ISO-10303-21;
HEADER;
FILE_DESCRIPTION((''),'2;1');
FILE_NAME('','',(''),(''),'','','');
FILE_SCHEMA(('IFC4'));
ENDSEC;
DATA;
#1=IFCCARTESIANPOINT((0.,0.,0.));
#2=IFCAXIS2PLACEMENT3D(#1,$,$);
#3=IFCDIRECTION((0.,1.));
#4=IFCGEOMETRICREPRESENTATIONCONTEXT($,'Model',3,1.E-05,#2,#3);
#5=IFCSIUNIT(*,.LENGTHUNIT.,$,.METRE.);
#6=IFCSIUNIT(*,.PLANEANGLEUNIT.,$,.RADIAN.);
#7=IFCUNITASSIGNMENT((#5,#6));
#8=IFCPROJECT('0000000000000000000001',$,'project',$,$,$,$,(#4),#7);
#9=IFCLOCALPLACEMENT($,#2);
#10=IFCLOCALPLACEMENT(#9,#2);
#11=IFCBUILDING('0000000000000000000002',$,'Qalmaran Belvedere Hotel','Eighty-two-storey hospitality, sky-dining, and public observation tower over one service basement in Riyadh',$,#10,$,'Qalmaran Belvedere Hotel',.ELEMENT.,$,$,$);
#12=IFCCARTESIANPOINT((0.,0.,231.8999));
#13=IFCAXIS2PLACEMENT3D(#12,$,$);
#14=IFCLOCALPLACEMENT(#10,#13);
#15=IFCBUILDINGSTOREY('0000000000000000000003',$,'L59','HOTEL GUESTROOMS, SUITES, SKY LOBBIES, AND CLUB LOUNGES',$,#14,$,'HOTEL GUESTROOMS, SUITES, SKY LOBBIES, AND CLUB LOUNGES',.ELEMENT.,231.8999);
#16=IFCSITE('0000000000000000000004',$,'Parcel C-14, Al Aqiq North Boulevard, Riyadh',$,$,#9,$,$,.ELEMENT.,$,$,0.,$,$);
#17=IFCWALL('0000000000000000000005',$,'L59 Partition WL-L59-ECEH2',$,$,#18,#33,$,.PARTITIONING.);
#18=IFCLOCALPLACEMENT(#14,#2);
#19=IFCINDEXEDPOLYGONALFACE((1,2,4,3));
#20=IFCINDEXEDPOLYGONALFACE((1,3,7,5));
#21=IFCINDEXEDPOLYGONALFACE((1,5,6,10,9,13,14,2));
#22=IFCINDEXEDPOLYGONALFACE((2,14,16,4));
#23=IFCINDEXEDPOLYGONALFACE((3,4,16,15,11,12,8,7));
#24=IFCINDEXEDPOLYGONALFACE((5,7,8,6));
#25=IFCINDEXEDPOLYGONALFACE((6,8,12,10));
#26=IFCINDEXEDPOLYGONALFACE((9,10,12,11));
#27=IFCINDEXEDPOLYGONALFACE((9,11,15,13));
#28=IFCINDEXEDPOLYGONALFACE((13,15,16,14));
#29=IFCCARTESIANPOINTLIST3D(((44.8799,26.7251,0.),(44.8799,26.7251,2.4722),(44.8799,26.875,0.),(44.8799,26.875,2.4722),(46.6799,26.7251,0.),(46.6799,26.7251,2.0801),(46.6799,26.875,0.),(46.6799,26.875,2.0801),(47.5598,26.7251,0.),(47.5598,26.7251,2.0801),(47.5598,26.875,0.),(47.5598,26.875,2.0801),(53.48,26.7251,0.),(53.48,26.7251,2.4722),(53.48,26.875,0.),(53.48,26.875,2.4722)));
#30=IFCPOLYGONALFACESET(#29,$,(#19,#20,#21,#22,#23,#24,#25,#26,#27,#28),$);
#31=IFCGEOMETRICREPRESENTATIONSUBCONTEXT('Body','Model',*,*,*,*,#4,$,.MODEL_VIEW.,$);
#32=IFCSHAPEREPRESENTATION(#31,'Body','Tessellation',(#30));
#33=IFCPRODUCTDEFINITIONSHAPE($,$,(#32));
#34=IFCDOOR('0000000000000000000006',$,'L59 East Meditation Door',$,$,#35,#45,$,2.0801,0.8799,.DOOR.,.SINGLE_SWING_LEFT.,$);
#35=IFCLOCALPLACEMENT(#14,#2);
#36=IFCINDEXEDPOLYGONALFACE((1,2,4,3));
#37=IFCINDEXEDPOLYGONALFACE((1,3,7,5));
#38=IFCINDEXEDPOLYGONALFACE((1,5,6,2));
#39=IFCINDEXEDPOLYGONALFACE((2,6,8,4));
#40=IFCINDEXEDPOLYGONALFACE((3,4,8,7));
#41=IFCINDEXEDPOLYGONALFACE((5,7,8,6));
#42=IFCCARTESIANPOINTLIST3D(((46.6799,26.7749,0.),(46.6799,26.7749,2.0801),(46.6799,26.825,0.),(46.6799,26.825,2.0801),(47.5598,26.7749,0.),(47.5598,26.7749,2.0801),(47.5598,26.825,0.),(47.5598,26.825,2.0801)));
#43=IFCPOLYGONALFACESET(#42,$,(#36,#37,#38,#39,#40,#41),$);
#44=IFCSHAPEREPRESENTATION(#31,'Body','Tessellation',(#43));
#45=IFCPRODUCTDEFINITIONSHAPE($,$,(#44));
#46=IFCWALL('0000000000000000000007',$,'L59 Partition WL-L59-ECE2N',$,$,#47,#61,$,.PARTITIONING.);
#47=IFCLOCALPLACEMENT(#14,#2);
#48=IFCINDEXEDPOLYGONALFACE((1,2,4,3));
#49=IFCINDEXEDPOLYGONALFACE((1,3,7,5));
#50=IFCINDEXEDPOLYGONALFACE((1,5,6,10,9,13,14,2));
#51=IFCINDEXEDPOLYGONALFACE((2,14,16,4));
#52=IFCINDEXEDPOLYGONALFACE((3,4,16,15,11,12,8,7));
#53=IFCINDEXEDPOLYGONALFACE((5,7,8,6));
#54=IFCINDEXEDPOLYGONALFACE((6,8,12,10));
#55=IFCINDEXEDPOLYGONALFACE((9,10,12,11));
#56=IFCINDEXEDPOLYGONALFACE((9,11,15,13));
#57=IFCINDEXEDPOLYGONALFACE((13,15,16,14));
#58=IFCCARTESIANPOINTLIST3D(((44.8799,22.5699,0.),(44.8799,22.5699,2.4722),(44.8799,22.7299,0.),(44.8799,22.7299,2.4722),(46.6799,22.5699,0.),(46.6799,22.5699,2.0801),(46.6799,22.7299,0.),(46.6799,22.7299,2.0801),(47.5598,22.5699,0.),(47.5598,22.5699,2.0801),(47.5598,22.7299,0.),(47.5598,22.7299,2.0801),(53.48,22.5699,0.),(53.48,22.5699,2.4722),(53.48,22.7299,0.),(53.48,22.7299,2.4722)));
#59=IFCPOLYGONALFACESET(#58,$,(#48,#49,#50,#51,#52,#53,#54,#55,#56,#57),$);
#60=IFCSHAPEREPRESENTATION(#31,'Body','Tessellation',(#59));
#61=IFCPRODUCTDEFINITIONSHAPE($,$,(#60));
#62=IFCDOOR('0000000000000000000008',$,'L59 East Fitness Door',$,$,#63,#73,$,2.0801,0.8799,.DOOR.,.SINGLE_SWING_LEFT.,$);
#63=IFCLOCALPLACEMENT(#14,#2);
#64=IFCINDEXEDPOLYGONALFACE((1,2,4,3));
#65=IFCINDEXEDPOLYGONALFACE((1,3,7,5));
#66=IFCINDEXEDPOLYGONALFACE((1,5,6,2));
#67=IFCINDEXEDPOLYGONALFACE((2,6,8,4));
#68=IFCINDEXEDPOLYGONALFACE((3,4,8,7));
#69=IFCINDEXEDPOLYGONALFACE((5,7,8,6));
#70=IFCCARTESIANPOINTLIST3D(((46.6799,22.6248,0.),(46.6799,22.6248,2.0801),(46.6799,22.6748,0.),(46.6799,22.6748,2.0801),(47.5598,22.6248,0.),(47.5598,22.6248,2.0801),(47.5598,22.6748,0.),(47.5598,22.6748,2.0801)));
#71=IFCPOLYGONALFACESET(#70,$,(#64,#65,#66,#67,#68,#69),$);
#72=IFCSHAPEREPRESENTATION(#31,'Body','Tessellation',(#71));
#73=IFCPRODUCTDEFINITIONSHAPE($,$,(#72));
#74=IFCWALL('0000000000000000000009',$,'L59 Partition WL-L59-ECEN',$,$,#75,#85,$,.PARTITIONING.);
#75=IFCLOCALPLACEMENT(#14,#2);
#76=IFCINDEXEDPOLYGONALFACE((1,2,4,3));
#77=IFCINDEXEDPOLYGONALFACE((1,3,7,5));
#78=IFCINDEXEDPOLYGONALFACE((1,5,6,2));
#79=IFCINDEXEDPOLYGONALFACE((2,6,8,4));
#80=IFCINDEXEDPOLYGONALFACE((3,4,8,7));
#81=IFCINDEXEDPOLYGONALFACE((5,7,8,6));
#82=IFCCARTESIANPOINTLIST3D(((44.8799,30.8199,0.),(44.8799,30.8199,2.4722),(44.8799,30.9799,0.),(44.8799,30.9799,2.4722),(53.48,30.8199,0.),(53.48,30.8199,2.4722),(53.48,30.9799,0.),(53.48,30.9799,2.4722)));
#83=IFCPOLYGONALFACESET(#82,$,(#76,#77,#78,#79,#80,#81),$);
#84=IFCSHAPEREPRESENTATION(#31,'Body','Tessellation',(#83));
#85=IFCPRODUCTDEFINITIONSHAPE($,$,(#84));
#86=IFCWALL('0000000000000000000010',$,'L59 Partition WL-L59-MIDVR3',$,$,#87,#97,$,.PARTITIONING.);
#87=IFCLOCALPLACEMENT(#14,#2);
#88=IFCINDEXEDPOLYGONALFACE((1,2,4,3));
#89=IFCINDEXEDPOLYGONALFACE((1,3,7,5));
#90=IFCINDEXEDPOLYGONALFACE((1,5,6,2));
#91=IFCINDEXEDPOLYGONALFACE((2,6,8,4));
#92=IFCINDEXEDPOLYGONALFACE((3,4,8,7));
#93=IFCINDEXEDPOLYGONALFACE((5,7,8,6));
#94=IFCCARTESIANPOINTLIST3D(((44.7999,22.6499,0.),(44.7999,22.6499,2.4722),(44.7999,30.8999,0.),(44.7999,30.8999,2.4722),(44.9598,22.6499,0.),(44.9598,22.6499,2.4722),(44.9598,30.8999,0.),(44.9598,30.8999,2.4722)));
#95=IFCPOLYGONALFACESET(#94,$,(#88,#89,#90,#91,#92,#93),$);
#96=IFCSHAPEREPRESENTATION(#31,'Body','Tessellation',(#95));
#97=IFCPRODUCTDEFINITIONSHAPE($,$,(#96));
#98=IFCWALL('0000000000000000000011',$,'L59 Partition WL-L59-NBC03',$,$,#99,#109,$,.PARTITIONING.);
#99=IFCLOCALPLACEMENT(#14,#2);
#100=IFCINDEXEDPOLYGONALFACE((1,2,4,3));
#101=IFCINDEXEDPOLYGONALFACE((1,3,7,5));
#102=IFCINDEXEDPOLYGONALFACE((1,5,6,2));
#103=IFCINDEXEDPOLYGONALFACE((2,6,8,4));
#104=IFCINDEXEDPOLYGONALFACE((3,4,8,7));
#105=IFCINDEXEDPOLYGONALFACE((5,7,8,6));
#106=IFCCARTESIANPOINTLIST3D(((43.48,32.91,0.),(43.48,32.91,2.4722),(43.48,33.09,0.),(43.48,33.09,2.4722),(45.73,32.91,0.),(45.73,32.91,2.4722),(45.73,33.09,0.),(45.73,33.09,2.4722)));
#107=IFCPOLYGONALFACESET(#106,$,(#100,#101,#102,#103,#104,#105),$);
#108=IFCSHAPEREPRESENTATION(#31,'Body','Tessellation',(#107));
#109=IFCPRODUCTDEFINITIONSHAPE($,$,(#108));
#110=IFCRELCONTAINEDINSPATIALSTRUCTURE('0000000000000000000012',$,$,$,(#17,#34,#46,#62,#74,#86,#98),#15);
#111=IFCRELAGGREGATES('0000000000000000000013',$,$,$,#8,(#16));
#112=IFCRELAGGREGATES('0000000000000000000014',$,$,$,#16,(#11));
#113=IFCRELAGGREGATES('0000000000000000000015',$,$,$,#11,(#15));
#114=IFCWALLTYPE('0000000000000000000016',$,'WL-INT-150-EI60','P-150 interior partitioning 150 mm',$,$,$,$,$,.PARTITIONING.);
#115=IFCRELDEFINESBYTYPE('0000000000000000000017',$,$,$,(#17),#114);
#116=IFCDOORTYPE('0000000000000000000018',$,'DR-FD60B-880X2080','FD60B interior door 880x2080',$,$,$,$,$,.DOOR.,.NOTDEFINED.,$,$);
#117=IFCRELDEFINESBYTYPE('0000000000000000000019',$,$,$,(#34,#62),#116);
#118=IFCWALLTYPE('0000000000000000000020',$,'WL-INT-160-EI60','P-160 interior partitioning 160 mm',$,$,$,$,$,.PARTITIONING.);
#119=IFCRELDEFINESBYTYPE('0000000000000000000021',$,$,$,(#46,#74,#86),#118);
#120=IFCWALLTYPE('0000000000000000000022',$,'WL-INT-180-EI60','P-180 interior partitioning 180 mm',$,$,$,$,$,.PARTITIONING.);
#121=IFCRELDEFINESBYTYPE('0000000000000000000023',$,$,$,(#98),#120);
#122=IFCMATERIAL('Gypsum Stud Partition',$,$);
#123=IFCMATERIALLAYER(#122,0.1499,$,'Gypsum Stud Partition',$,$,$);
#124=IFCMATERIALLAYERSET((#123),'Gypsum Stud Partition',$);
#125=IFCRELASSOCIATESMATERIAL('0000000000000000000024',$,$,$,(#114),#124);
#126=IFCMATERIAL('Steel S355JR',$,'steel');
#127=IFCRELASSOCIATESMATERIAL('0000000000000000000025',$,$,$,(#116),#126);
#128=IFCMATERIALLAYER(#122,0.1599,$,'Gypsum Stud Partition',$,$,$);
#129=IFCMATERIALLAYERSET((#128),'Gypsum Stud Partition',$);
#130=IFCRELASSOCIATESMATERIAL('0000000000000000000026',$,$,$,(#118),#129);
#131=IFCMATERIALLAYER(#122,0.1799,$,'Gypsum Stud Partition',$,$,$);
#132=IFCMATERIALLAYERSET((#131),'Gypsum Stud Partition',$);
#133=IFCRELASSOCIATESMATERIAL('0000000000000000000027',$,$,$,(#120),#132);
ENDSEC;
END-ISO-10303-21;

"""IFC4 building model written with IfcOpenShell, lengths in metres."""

from ifc_helpers import new_model, si_unit, direction, frame, frame_2d, origin, place, context, subcontext, project, spatial, rectangle, extrude, material, layer, layer_set, type_object, element, fill, save


model = new_model("IFC4")

# Units and contexts
model_context = context("Model", 3, precision=1e-05, world=origin(), true_north=direction((0.0, 1.0)))
body_context = subcontext(model_context, "Body", "Model", "MODEL_VIEW")
ifc_project = project(units=[si_unit("LENGTHUNIT", "METRE"), si_unit("PLANEANGLEUNIT", "RADIAN")], contexts=[model_context])

# Site, building, storey
site_placement = place(None, origin())
site = spatial("IfcSite", under=ifc_project, at=site_placement, Name="Parcel C-14, Al Aqiq North Boulevard, Riyadh", CompositionType="ELEMENT", RefElevation=0.0)
building_placement = place(site_placement, origin())
building = spatial("IfcBuilding", under=site, at=building_placement, Name="Qalmaran Belvedere Hotel", Description="Eighty-two-storey hospitality, sky-dining, and public observation tower over one service basement in Riyadh", LongName="Qalmaran Belvedere Hotel", CompositionType="ELEMENT")
storey_placement = place(building_placement, frame((0.0, 0.0, 231.8999)))
storey = spatial("IfcBuildingStorey", under=building, at=storey_placement, Name="L59", Description="HOTEL GUESTROOMS, SUITES, SKY LOBBIES, AND CLUB LOUNGES", LongName="HOTEL GUESTROOMS, SUITES, SKY LOBBIES, AND CLUB LOUNGES", CompositionType="ELEMENT", Elevation=231.8999)

# Shared definitions
ifc_material_1 = material(Name="Steel S355JR", Category="steel")

# Walls, openings, doors
ifc_material_2 = material(Name="Gypsum Stud Partition")
ifc_layer_1 = layer(ifc_material_2, 0.1499, Name="Gypsum Stud Partition")
ifc_layer_set_1 = layer_set([ifc_layer_1], Name="Gypsum Stud Partition")
wall_type_1 = type_object("IfcWallType", Name="WL-INT-150-EI60", Description="P-150 interior partitioning 150 mm", PredefinedType="PARTITIONING", material=ifc_layer_set_1)
wall_1_placement = place(storey_placement, frame((44.8799, 26.8, 0.0), z_axis=(0.0, 0.0, 1.0), x_axis=(1.0, 0.0, 0.0)))
wall_1 = element("IfcWall", 1, at=wall_1_placement, inside=storey, type_object=wall_type_1, Name="L59 Partition WL-L59-ECEH2", PredefinedType="PARTITIONING", context=body_context, shape_type="SweptSolid", body=[
    extrude(rectangle(XDim=8.6001, YDim=0.1499, at=frame_2d((4.3, 0.0))), origin(), (0.0, 0.0, 1.0), 2.4722),
])
opening_1_placement = place(wall_1_placement, frame((1.8, 0.0, 0.0)))
opening_1 = element("IfcOpeningElement", 2, at=opening_1_placement, cuts=wall_1, PredefinedType="OPENING", context=body_context, shape_type="SweptSolid", body=[
    extrude(rectangle(XDim=0.8799, YDim=2.0801, at=frame_2d((0.4399, 1.04))), frame((0.0, 0.085, 0.0), z_axis=(0.0, -1.0, 0.0), x_axis=(1.0, 0.0, 0.0)), (0.0, 0.0, 1.0), 0.1699),
])
door_type = type_object("IfcDoorType", Name="DR-FD60B-880X2080", Description="FD60B interior door 880x2080", OperationType="NOTDEFINED", PredefinedType="DOOR", material=ifc_material_1)
door_1_placement = place(opening_1_placement, origin())
door_1 = element("IfcDoor", 3, at=door_1_placement, inside=storey, type_object=door_type, Name="L59 East Meditation Door", OperationType="SINGLE_SWING_LEFT", OverallHeight=2.0801, OverallWidth=0.8799, PredefinedType="DOOR", context=body_context, shape_type="SweptSolid", body=[
    extrude(rectangle(XDim=0.8799, YDim=2.0801, at=frame_2d((0.4399, 1.04))), frame((0.0, 0.0249, 0.0), z_axis=(0.0, -1.0, 0.0), x_axis=(1.0, 0.0, 0.0)), (0.0, 0.0, 1.0), 0.05),
])
fill(opening_1, door_1)
ifc_layer_2 = layer(ifc_material_2, 0.1599, Name="Gypsum Stud Partition")
ifc_layer_set_2 = layer_set([ifc_layer_2], Name="Gypsum Stud Partition")
wall_type_2 = type_object("IfcWallType", Name="WL-INT-160-EI60", Description="P-160 interior partitioning 160 mm", PredefinedType="PARTITIONING", material=ifc_layer_set_2)
wall_2_placement = place(storey_placement, frame((44.8799, 22.6499, 0.0), z_axis=(0.0, 0.0, 1.0), x_axis=(1.0, 0.0, 0.0)))
wall_2 = element("IfcWall", 4, at=wall_2_placement, inside=storey, type_object=wall_type_2, Name="L59 Partition WL-L59-ECE2N", PredefinedType="PARTITIONING", context=body_context, shape_type="SweptSolid", body=[
    extrude(rectangle(XDim=8.6001, YDim=0.1599, at=frame_2d((4.3, 0.0))), origin(), (0.0, 0.0, 1.0), 2.4722),
])
opening_2_placement = place(wall_2_placement, frame((1.8, 0.0, 0.0)))
opening_2 = element("IfcOpeningElement", 5, at=opening_2_placement, cuts=wall_2, PredefinedType="OPENING", context=body_context, shape_type="SweptSolid", body=[
    extrude(rectangle(XDim=0.8799, YDim=2.0801, at=frame_2d((0.4399, 1.04))), frame((0.0, 0.0898, 0.0), z_axis=(0.0, -1.0, 0.0), x_axis=(1.0, 0.0, 0.0)), (0.0, 0.0, 1.0), 0.1799),
])
door_2_placement = place(opening_2_placement, origin())
door_2 = element("IfcDoor", 6, at=door_2_placement, inside=storey, type_object=door_type, Name="L59 East Fitness Door", OperationType="SINGLE_SWING_LEFT", OverallHeight=2.0801, OverallWidth=0.8799, PredefinedType="DOOR", context=body_context, shape_type="SweptSolid", body=[
    extrude(rectangle(XDim=0.8799, YDim=2.0801, at=frame_2d((0.4399, 1.04))), frame((0.0, 0.0249, 0.0), z_axis=(0.0, -1.0, 0.0), x_axis=(1.0, 0.0, 0.0)), (0.0, 0.0, 1.0), 0.05),
])
fill(opening_2, door_2)

# Walls
wall_3_placement = place(storey_placement, frame((44.8799, 30.8999, 0.0), z_axis=(0.0, 0.0, 1.0), x_axis=(1.0, 0.0, 0.0)))
element("IfcWall", 7, at=wall_3_placement, inside=storey, type_object=wall_type_2, Name="L59 Partition WL-L59-ECEN", PredefinedType="PARTITIONING", context=body_context, shape_type="SweptSolid", body=[
    extrude(rectangle(XDim=8.6001, YDim=0.1599, at=frame_2d((4.3, 0.0))), origin(), (0.0, 0.0, 1.0), 2.4722),
])
wall_4_placement = place(storey_placement, frame((44.8799, 22.6499, 0.0), z_axis=(0.0, 0.0, 1.0), x_axis=(0.0, 1.0, 0.0)))
element("IfcWall", 8, at=wall_4_placement, inside=storey, type_object=wall_type_2, Name="L59 Partition WL-L59-MIDVR3", PredefinedType="PARTITIONING", context=body_context, shape_type="SweptSolid", body=[
    extrude(rectangle(XDim=8.25, YDim=0.1599, at=frame_2d((4.125, 0.0))), origin(), (0.0, 0.0, 1.0), 2.4722),
])
ifc_layer_3 = layer(ifc_material_2, 0.1799, Name="Gypsum Stud Partition")
ifc_layer_set_3 = layer_set([ifc_layer_3], Name="Gypsum Stud Partition")
wall_type_3 = type_object("IfcWallType", Name="WL-INT-180-EI60", Description="P-180 interior partitioning 180 mm", PredefinedType="PARTITIONING", material=ifc_layer_set_3)
wall_5_placement = place(storey_placement, frame((43.48, 33.0, 0.0), z_axis=(0.0, 0.0, 1.0), x_axis=(1.0, 0.0, 0.0)))
element("IfcWall", 9, at=wall_5_placement, inside=storey, type_object=wall_type_3, Name="L59 Partition WL-L59-NBC03", PredefinedType="PARTITIONING", context=body_context, shape_type="SweptSolid", body=[
    extrude(rectangle(XDim=2.25, YDim=0.1799, at=frame_2d((1.125, 0.0))), origin(), (0.0, 0.0, 1.0), 2.4722),
])

save(model, "model.ifc")
